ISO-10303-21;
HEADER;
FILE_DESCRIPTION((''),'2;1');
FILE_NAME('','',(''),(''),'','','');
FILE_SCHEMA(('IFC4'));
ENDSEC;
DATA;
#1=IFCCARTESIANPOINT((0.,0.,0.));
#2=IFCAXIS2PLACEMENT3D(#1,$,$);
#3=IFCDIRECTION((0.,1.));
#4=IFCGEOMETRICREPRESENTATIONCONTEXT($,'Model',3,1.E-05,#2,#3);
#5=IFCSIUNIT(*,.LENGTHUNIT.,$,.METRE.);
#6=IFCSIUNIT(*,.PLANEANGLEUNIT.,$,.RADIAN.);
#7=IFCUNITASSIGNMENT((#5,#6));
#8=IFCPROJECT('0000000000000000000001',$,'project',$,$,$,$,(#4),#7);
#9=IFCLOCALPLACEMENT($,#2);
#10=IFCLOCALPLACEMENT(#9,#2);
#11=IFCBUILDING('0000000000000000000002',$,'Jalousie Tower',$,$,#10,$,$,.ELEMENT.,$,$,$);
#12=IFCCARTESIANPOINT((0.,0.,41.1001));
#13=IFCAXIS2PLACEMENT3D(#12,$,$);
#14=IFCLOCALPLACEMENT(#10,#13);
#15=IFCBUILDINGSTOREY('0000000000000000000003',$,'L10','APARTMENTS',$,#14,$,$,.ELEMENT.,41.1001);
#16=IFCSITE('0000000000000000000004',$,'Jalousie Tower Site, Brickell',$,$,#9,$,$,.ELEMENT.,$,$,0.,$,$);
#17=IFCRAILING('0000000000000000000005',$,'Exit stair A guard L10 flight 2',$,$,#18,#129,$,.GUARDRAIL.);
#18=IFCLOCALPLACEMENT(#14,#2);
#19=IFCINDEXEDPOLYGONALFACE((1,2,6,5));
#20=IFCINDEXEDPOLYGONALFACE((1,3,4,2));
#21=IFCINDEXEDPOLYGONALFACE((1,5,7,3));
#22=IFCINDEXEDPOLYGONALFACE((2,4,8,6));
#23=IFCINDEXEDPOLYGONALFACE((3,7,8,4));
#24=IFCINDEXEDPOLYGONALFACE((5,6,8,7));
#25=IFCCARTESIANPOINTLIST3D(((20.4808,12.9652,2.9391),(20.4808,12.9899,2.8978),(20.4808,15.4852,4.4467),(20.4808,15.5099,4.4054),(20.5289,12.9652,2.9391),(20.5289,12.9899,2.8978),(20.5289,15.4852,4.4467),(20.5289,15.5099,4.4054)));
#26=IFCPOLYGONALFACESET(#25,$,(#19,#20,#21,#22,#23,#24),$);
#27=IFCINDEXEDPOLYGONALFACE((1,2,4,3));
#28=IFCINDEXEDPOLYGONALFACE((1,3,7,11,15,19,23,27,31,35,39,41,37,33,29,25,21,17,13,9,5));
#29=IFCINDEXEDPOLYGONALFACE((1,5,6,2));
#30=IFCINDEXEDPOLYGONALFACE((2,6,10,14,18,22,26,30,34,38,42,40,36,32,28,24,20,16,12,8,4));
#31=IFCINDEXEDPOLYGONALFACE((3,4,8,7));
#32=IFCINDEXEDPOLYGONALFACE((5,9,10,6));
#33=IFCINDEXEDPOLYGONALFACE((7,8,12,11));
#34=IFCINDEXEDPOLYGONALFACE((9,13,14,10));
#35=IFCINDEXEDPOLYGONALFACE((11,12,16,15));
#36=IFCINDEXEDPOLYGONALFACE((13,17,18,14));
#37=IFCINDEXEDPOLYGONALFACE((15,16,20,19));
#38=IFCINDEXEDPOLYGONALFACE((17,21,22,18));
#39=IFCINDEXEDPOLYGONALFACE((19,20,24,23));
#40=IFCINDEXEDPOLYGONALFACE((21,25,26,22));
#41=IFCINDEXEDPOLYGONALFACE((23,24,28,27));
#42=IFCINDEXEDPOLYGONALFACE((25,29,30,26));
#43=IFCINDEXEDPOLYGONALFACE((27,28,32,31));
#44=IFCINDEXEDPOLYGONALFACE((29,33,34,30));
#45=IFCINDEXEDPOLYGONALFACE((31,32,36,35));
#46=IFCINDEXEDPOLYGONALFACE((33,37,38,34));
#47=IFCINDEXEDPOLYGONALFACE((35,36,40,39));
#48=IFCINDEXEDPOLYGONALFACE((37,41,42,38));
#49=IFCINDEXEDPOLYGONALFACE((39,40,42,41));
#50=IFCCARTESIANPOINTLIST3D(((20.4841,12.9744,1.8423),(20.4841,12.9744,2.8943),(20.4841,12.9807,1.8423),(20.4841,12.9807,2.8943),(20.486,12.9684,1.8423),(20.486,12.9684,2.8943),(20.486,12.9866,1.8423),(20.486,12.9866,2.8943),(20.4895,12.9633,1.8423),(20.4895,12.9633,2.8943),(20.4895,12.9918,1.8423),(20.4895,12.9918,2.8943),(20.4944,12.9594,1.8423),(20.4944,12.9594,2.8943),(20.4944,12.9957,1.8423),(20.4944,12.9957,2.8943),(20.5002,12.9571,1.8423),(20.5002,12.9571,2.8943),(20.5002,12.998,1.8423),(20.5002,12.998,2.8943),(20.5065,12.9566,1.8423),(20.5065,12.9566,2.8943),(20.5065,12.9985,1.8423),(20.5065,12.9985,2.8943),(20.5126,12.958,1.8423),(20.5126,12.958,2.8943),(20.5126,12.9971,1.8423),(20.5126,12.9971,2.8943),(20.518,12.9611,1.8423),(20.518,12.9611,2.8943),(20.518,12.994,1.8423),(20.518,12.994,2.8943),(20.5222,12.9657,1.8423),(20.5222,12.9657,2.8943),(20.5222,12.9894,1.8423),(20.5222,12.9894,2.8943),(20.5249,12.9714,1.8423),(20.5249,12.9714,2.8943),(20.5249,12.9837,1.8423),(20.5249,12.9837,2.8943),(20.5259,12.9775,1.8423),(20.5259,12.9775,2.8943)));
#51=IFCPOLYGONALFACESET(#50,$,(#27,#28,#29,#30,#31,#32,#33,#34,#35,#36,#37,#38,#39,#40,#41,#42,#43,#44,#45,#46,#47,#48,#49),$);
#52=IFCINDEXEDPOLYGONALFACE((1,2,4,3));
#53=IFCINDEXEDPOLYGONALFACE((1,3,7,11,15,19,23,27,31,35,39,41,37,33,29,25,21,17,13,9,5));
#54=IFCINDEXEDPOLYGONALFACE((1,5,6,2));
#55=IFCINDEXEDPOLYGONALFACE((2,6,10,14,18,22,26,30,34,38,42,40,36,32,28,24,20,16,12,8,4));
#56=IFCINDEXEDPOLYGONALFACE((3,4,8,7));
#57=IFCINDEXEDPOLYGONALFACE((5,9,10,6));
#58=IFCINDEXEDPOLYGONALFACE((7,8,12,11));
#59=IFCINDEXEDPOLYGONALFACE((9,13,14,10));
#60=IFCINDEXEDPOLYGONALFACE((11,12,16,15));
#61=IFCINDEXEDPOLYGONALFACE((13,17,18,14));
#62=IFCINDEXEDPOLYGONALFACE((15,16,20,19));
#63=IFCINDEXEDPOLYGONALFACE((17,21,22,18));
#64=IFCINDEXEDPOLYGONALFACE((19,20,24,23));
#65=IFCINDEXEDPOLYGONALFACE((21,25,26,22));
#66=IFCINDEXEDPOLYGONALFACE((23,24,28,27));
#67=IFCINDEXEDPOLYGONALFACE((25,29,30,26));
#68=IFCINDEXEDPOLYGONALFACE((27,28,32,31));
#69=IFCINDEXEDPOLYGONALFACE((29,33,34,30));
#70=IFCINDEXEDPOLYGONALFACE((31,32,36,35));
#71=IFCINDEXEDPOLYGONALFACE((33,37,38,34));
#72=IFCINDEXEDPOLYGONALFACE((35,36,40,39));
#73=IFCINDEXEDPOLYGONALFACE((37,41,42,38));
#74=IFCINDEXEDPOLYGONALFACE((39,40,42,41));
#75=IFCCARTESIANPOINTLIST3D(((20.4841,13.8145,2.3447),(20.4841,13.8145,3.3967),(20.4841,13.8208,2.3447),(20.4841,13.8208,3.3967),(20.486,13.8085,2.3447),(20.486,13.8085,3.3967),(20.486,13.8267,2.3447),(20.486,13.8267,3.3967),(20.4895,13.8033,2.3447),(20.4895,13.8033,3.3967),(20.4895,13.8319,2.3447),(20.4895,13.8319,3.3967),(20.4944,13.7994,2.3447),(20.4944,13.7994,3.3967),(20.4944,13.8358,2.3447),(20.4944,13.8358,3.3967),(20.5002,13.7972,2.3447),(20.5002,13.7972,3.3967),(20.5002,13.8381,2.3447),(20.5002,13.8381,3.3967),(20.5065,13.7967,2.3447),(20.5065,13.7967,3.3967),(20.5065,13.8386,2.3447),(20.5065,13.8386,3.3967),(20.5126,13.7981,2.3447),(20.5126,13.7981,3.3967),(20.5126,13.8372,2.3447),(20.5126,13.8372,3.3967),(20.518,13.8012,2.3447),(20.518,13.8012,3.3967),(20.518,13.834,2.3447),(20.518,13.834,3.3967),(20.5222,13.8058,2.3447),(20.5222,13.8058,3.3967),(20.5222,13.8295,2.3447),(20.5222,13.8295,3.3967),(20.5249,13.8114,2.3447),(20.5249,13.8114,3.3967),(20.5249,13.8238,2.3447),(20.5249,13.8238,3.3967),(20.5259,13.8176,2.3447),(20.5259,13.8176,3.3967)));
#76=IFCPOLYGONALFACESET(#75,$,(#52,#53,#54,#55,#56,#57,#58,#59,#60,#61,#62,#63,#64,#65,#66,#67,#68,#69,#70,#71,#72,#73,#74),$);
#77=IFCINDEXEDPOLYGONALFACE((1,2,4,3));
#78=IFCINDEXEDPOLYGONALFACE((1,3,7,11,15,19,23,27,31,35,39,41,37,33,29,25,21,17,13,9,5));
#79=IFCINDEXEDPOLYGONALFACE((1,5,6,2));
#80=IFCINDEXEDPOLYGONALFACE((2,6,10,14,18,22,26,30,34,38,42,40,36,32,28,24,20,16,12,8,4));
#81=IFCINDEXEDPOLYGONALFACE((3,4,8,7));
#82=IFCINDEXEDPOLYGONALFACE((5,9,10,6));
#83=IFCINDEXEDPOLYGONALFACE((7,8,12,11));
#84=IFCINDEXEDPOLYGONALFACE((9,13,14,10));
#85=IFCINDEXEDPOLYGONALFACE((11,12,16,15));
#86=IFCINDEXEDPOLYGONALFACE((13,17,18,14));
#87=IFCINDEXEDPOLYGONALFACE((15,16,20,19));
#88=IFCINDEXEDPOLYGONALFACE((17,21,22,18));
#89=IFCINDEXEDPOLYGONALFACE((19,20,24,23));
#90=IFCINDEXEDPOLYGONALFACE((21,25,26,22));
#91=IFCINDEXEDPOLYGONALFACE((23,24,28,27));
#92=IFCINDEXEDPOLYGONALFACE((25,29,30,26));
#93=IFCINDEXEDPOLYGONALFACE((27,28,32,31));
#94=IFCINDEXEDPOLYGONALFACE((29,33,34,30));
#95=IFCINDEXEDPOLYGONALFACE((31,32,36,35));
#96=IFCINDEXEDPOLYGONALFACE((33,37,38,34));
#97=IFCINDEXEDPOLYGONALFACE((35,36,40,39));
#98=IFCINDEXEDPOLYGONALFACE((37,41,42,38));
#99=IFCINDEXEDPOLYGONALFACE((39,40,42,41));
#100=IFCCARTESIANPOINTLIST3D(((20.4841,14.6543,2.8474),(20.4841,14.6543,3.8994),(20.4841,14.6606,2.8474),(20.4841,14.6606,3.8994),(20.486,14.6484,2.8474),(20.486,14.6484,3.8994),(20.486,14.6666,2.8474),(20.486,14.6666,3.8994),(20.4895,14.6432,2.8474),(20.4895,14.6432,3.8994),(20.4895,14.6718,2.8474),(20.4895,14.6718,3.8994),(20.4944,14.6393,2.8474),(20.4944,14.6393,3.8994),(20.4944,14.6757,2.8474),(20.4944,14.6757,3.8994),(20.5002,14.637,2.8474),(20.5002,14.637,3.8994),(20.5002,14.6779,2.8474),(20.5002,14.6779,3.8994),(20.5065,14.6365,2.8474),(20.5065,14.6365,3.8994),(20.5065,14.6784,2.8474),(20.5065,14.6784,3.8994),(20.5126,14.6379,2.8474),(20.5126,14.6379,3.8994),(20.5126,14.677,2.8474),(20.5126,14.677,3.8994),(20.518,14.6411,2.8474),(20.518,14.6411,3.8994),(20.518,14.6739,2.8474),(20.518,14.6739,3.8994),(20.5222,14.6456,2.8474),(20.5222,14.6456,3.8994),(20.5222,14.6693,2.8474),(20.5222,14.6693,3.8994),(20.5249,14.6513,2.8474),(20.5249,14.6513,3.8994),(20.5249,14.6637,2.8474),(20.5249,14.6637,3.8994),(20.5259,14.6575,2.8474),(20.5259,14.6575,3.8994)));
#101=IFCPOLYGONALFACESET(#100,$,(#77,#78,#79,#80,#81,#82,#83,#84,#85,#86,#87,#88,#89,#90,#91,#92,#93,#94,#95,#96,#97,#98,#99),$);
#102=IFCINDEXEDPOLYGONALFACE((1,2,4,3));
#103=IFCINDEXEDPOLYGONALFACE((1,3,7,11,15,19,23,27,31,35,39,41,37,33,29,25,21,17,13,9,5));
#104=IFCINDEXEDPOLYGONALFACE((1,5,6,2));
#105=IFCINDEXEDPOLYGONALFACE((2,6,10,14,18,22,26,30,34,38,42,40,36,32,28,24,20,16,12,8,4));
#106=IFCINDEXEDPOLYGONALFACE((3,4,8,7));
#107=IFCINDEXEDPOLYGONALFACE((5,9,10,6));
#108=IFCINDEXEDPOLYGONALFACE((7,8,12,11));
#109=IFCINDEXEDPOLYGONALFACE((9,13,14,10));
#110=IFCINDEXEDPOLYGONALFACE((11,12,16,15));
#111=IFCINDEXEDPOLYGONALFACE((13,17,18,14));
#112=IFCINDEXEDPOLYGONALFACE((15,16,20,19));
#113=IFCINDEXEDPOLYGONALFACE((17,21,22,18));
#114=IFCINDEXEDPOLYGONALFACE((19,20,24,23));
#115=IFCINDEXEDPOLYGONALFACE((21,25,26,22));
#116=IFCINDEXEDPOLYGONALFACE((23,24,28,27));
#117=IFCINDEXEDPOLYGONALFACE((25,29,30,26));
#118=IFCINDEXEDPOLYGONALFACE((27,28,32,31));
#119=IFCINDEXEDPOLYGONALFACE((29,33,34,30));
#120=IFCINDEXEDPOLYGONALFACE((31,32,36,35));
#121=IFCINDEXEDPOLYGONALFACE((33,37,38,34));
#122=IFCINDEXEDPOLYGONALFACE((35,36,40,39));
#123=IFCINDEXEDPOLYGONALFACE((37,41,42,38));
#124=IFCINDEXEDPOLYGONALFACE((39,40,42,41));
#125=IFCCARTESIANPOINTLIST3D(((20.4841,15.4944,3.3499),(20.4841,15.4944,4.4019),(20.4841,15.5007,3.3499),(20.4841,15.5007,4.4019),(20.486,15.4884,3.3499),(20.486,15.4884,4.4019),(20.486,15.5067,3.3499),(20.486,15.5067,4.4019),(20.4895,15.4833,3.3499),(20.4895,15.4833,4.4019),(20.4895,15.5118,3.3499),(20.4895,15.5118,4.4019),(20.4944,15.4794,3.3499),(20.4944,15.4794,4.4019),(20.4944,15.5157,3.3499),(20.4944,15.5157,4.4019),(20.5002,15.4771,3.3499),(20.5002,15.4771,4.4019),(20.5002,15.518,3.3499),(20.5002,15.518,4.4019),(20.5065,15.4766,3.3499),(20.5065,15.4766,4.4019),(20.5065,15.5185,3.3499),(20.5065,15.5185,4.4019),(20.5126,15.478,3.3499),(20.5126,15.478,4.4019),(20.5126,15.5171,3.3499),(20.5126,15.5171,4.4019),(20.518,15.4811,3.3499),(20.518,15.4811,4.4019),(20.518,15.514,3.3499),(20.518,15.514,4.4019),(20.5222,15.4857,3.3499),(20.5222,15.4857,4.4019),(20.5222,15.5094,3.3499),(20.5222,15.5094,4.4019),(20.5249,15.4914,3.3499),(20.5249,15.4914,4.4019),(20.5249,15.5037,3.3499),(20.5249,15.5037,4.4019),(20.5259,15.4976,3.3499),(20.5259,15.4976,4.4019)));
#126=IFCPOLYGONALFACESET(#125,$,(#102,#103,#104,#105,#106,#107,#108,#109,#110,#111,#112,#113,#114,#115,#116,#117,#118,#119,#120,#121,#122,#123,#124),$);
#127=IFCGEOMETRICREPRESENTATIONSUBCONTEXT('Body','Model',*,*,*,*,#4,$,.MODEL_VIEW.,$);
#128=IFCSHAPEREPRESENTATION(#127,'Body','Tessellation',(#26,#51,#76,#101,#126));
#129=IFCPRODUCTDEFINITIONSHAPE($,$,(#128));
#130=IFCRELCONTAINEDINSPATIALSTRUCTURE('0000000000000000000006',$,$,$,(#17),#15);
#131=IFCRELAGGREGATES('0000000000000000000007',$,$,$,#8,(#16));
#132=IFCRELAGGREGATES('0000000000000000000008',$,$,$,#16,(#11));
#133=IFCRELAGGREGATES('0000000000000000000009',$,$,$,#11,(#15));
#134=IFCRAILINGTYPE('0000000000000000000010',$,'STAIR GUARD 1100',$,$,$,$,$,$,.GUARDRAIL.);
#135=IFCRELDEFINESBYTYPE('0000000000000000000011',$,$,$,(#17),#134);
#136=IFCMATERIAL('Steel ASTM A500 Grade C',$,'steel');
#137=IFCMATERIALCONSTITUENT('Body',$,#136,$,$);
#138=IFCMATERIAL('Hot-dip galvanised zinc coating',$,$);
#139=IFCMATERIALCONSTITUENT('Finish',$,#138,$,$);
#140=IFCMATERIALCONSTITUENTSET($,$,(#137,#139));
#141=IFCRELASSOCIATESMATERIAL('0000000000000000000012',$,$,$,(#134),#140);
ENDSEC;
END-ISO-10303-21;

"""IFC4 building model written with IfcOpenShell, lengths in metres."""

from ifc_helpers import new_model, si_unit, direction, frame, origin, origin_2d, place, context, subcontext, project, spatial, rectangle, circle, extrude, material, constituent, constituent_set, type_object, element, save


model = new_model("IFC4")

# Units and contexts
model_context = context("Model", 3, precision=1e-05, world=origin(), true_north=direction((0.0, 1.0)))
body_context = subcontext(model_context, "Body", "Model", "MODEL_VIEW")
ifc_project = project(units=[si_unit("LENGTHUNIT", "METRE"), si_unit("PLANEANGLEUNIT", "RADIAN")], contexts=[model_context])

# Site, building, storey
site_placement = place(None, origin())
site = spatial("IfcSite", under=ifc_project, at=site_placement, Name="Jalousie Tower Site, Brickell", CompositionType="ELEMENT", RefElevation=0.0)
building_placement = place(site_placement, origin())
building = spatial("IfcBuilding", under=site, at=building_placement, Name="Jalousie Tower", CompositionType="ELEMENT")
storey_placement = place(building_placement, frame((0.0, 0.0, 41.1001)))
storey = spatial("IfcBuildingStorey", under=building, at=storey_placement, Name="L10", Description="APARTMENTS", CompositionType="ELEMENT", Elevation=41.1001)

# Railing
ifc_material_1 = material(Name="Steel ASTM A500 Grade C", Category="steel")
ifc_constituent_1 = constituent(ifc_material_1, Name="Body")
ifc_material_2 = material(Name="Hot-dip galvanised zinc coating")
ifc_constituent_2 = constituent(ifc_material_2, Name="Finish")
ifc_constituent_set_1 = constituent_set(constituents=[ifc_constituent_1, ifc_constituent_2])
railing_type = type_object("IfcRailingType", Name="STAIR GUARD 1100", PredefinedType="GUARDRAIL", material=ifc_constituent_set_1)
railing_placement = place(storey_placement, frame((20.5049, 12.9775, 1.8423)))
element("IfcRailing", 1, at=railing_placement, inside=storey, type_object=railing_type, Name="Exit stair A guard L10 flight 2", PredefinedType="GUARDRAIL", context=body_context, shape_type="SweptSolid", body=[
    extrude(rectangle(XDim=0.0481, YDim=0.0481, at=origin_2d()), frame((0.0, 0.0, 1.0762), z_axis=(0.0, 0.85816, 0.513383), x_axis=(-1.0, 0.0, 0.0)), (0.0, 0.0, 1.0), 2.9365),
    extrude(circle(Radius=0.021, at=origin_2d()), origin(), (0.0, 0.0, 1.0), 1.052),
    extrude(circle(Radius=0.021, at=origin_2d()), frame((0.0, 0.8401, 0.5024)), (0.0, 0.0, 1.0), 1.052),
    extrude(circle(Radius=0.021, at=origin_2d()), frame((0.0, 1.6799, 1.0051)), (0.0, 0.0, 1.0), 1.052),
    extrude(circle(Radius=0.021, at=origin_2d()), frame((0.0, 2.52, 1.5076)), (0.0, 0.0, 1.0), 1.052),
])

save(model, "model.ifc")
